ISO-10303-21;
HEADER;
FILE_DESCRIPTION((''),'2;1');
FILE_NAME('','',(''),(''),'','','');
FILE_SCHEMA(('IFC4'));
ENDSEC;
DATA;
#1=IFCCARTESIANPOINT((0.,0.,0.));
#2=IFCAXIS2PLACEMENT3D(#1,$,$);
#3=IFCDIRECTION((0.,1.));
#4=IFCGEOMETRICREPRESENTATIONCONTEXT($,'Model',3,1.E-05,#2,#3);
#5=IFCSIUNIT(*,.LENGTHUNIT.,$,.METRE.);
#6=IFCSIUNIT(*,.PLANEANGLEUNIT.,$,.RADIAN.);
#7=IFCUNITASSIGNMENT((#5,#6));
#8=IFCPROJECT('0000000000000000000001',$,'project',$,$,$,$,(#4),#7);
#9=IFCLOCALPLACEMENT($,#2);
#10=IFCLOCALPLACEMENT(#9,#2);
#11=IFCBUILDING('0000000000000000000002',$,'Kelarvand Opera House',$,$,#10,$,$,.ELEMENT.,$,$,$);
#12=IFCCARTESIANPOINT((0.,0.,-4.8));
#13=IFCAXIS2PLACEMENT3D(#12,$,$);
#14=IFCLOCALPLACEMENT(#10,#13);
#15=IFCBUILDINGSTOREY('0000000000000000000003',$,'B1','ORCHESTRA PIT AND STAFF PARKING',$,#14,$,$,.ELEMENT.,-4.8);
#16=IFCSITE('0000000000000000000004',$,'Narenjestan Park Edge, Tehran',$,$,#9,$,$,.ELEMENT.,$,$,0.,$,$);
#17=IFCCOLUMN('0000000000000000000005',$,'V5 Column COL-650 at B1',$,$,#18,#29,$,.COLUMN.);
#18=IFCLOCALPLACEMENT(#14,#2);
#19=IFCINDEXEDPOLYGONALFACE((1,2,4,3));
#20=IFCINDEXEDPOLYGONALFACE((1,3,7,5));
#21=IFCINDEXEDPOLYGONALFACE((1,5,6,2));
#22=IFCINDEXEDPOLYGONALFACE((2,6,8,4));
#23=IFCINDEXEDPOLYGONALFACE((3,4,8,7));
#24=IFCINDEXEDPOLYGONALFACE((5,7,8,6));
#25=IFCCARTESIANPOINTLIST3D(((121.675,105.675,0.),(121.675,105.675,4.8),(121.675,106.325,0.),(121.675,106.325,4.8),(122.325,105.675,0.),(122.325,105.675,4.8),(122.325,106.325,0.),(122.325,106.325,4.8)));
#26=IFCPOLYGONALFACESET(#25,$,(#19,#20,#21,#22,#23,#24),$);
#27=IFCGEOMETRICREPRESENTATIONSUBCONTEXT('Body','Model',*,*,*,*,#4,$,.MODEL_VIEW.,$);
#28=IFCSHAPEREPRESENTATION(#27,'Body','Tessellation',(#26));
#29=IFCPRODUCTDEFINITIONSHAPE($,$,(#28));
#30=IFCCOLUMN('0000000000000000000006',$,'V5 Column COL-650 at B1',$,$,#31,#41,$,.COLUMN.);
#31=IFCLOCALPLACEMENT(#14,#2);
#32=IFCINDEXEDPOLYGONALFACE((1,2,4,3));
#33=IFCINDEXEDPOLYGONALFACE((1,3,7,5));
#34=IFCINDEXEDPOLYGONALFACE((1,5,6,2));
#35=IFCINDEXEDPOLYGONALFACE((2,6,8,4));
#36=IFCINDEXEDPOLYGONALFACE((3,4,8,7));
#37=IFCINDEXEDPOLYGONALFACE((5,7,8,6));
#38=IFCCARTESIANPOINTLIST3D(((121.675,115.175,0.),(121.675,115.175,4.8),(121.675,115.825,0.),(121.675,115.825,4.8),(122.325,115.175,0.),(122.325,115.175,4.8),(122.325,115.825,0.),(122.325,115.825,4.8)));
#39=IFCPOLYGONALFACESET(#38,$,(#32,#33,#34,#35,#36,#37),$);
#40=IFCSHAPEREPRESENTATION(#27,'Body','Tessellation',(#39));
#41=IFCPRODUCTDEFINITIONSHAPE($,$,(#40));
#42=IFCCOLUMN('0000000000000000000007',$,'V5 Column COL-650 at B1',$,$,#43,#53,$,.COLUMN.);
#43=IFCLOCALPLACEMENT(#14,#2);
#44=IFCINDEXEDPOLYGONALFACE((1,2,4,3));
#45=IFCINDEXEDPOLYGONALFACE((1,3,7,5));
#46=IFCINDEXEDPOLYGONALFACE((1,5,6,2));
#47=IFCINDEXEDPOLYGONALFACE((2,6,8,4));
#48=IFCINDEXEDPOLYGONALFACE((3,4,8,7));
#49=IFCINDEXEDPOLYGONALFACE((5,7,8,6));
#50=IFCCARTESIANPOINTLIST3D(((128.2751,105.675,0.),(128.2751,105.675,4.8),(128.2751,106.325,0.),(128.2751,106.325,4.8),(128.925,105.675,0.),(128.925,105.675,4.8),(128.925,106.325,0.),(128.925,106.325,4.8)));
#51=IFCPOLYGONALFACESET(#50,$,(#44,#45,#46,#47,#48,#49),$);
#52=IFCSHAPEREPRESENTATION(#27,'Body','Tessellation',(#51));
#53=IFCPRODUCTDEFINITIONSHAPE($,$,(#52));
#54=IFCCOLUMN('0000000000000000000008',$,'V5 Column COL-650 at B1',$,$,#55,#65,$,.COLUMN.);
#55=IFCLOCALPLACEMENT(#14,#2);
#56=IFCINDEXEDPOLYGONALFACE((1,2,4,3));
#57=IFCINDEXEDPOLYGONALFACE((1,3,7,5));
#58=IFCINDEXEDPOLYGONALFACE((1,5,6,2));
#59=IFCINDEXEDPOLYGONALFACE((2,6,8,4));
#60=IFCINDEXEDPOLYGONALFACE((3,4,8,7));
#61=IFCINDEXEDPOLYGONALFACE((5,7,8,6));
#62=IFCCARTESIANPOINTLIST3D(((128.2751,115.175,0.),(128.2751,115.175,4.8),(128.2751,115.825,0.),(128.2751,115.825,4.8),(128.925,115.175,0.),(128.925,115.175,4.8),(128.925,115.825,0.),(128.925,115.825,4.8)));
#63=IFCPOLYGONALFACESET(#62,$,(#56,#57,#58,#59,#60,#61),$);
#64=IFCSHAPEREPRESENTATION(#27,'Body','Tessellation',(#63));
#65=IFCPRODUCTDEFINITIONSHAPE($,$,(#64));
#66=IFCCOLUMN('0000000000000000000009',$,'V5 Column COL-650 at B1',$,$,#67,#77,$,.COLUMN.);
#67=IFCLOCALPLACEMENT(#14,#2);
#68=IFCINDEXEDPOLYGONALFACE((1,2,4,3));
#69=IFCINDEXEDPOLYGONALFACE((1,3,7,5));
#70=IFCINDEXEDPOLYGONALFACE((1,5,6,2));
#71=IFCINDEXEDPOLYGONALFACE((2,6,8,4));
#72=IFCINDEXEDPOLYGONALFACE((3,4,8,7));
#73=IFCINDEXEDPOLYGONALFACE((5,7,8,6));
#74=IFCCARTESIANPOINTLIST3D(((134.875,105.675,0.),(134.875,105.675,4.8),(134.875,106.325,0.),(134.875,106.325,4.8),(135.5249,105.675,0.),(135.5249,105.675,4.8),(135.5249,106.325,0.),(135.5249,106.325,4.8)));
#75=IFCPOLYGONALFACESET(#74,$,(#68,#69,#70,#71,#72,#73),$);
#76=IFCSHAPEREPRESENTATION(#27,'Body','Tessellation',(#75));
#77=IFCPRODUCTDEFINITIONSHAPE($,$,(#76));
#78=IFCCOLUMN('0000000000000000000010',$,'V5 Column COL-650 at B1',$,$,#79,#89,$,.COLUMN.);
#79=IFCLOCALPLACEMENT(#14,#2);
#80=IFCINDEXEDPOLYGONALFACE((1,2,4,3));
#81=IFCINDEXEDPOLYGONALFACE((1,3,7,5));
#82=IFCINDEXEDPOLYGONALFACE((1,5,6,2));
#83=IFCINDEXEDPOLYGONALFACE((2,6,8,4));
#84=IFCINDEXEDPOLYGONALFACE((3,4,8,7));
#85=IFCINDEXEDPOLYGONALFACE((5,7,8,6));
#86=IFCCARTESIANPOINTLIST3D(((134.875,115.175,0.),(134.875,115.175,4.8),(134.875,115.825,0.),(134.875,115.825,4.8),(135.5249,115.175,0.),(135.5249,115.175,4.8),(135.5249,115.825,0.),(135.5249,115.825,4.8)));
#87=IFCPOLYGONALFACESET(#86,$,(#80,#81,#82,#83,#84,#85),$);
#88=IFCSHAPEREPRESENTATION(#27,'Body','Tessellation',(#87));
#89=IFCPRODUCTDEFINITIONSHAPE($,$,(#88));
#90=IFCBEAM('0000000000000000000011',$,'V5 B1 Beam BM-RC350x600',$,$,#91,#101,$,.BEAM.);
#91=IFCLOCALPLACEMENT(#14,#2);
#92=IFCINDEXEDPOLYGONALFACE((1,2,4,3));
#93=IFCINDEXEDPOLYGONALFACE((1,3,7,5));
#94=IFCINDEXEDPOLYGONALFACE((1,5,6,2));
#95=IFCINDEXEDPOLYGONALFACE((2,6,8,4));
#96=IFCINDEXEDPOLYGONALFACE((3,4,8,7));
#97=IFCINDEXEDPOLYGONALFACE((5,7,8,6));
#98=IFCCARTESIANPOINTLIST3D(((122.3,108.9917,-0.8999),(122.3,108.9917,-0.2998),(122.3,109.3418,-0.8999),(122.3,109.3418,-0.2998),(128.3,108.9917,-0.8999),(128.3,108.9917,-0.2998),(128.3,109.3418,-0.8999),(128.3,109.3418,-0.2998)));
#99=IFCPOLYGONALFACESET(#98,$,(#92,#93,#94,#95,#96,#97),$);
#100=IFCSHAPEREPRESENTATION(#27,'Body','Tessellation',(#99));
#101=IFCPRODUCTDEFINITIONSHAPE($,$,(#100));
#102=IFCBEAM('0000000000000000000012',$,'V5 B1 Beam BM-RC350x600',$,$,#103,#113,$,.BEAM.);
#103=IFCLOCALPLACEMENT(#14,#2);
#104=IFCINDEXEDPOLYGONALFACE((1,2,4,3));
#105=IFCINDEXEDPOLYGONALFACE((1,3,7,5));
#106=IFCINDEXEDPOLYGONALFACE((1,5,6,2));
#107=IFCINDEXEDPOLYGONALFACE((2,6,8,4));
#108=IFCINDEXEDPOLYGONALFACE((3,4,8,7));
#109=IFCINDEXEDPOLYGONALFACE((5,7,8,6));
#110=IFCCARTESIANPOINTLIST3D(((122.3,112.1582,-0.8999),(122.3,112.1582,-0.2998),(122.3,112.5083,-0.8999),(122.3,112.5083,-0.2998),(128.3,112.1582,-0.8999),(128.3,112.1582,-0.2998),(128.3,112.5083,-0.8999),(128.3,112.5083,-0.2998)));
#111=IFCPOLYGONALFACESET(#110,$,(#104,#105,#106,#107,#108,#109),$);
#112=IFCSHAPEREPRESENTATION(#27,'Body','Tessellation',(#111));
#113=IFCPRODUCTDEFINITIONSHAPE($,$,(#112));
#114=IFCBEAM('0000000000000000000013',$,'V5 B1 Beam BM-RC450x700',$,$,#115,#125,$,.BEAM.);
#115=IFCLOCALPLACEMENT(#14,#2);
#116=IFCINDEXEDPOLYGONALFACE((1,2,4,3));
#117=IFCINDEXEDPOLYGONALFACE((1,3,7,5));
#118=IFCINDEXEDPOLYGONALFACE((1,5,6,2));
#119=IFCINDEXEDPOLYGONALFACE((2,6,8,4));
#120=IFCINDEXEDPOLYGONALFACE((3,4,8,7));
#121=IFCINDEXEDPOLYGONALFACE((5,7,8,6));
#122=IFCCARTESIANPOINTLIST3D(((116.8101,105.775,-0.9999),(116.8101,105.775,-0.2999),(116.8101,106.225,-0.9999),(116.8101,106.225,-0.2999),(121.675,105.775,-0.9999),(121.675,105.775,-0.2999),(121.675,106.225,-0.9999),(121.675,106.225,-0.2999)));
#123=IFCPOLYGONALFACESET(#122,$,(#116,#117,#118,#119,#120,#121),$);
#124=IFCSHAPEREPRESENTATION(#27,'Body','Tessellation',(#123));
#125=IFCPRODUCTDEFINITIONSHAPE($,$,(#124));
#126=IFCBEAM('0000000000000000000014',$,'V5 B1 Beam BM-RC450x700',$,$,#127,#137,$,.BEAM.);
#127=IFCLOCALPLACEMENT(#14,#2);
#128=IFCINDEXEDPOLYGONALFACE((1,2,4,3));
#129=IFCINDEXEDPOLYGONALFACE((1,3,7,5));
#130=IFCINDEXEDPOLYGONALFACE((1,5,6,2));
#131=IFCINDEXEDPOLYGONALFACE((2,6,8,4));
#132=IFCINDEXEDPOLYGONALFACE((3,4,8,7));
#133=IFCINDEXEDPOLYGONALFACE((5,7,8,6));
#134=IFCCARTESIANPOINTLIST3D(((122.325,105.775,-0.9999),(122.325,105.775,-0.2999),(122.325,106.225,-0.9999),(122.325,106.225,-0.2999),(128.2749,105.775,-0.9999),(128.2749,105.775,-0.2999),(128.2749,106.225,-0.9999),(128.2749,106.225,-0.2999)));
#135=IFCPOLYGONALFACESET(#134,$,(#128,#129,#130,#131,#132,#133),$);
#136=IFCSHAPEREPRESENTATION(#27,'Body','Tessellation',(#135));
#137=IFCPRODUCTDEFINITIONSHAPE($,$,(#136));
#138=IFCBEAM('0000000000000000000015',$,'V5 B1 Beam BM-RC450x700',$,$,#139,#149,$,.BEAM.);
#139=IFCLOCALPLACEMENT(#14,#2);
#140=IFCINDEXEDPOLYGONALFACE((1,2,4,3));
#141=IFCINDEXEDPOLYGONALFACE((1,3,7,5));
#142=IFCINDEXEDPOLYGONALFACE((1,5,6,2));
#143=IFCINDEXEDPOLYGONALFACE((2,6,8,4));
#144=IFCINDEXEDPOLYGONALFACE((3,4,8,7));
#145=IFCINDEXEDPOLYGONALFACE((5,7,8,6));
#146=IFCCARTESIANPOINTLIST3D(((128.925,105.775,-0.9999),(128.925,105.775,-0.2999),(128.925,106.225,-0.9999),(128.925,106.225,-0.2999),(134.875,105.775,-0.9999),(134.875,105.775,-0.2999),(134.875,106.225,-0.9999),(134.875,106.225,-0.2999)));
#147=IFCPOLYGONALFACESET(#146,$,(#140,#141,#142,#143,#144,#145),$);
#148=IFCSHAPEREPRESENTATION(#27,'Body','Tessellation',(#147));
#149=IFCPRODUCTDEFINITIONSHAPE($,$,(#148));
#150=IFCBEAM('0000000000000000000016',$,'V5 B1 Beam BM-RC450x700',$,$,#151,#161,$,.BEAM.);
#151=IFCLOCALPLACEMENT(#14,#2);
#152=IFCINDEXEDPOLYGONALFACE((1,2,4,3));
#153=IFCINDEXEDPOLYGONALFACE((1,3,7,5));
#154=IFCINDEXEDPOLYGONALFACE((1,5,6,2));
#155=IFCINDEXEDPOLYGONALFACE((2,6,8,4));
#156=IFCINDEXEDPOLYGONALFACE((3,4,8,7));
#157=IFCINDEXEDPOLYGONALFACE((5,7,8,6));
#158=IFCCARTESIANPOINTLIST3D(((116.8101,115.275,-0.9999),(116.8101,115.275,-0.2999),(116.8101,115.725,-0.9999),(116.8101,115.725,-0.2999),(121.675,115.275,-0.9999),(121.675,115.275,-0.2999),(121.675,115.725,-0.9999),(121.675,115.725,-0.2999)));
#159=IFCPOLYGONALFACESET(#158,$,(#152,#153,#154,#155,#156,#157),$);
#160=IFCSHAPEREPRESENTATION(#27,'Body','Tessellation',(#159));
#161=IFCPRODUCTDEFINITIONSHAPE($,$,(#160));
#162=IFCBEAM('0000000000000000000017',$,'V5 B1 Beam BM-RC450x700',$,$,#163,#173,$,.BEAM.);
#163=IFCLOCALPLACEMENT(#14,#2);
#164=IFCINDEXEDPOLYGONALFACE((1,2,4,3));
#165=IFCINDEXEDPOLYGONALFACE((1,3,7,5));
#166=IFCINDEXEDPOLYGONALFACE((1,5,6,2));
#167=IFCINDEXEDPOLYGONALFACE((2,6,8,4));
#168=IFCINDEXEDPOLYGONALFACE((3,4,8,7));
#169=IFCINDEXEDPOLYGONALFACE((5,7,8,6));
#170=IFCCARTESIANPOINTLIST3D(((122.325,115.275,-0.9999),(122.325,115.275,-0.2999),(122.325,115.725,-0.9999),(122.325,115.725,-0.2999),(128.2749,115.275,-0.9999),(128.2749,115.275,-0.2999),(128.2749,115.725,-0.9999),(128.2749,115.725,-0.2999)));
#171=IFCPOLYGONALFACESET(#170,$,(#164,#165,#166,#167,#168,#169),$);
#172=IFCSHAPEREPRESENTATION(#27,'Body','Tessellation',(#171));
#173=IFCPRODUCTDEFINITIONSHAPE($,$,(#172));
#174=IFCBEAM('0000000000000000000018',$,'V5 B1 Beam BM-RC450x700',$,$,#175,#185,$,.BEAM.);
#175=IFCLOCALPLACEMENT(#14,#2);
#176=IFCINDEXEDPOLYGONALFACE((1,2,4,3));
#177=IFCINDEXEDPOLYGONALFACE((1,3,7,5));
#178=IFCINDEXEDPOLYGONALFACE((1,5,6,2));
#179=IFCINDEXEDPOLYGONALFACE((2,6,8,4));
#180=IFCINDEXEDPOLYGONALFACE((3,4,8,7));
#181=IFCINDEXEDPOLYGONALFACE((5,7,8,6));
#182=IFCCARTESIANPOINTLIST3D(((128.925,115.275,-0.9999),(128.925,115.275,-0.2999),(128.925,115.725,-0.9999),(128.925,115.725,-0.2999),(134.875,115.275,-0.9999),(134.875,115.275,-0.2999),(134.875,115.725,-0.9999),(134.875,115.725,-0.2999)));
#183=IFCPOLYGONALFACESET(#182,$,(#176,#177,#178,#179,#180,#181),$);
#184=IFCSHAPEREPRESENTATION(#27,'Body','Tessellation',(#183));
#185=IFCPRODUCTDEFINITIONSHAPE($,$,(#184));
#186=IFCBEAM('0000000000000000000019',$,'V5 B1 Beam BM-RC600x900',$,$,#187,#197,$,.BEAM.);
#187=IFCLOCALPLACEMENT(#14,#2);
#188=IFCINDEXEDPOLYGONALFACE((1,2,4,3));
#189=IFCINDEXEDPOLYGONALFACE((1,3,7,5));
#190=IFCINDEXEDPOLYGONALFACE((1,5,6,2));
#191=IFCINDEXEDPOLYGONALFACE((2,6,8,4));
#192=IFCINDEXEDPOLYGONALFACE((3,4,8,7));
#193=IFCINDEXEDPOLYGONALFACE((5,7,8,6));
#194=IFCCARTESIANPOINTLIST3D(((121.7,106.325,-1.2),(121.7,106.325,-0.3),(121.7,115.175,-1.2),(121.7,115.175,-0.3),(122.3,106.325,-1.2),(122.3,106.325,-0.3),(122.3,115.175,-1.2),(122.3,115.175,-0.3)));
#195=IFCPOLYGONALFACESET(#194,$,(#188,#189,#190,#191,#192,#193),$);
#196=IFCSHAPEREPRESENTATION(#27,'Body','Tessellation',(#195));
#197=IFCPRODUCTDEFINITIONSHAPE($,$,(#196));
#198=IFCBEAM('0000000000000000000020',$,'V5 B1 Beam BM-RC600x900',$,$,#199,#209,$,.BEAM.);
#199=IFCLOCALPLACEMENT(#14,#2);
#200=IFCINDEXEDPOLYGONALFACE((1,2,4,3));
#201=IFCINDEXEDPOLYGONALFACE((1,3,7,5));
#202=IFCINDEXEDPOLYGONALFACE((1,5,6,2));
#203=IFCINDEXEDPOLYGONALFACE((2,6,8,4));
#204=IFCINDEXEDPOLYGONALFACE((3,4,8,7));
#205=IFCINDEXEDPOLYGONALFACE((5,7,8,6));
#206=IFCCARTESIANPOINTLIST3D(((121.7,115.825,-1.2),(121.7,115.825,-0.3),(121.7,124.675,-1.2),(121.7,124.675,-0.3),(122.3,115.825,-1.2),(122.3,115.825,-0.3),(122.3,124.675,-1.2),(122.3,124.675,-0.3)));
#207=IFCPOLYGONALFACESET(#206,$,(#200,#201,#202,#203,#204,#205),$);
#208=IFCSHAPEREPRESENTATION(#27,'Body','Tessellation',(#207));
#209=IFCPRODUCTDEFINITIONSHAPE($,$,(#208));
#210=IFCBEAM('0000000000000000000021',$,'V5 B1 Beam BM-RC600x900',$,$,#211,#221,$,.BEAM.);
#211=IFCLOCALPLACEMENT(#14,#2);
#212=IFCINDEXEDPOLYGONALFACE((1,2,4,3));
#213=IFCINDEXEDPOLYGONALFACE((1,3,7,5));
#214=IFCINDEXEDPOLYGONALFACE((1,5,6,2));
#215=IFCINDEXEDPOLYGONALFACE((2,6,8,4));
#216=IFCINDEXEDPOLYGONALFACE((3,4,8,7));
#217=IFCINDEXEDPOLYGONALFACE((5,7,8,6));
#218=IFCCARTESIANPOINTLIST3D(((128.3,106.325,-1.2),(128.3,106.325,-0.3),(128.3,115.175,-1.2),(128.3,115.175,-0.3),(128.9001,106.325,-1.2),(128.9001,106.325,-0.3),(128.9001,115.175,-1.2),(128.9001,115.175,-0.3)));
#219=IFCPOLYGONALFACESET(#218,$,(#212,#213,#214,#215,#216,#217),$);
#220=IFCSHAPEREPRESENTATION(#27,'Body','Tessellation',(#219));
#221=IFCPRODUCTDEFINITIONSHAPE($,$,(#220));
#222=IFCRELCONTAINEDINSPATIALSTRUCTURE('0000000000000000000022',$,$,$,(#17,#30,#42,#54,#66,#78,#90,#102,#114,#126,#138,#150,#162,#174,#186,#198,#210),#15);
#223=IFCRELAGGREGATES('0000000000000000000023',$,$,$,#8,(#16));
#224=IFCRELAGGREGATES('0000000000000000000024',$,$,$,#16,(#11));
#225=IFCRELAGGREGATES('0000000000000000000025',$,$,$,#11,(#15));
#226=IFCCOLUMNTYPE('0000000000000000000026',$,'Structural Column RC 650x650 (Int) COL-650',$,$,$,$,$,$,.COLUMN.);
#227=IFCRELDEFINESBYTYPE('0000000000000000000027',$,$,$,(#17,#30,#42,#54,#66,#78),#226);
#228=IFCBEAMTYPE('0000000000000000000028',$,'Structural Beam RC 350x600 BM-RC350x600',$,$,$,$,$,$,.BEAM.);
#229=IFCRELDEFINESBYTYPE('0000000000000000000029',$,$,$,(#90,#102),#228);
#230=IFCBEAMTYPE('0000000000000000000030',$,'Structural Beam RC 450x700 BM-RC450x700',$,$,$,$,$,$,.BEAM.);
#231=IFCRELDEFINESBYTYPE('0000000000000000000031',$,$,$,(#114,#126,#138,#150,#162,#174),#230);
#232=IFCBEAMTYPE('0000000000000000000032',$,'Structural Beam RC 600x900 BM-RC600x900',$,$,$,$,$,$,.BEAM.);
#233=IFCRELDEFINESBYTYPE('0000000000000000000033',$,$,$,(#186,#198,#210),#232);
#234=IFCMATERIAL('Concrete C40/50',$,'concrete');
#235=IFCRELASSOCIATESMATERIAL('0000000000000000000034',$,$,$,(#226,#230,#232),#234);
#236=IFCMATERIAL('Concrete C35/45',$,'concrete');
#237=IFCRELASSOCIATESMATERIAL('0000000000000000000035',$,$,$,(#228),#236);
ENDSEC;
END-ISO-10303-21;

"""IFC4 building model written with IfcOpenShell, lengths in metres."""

from ifc_helpers import new_model, si_unit, direction, frame, origin, origin_2d, place, context, subcontext, project, spatial, rectangle, extrude, material, material_profile, profile_set, type_object, element, save


model = new_model("IFC4")

# Units and contexts
model_context = context("Model", 3, precision=1e-05, world=origin(), true_north=direction((0.0, 1.0)))
body_context = subcontext(model_context, "Body", "Model", "MODEL_VIEW")
ifc_project = project(units=[si_unit("LENGTHUNIT", "METRE"), si_unit("PLANEANGLEUNIT", "RADIAN")], contexts=[model_context])

# Site, building, storey
site_placement = place(None, origin())
site = spatial("IfcSite", under=ifc_project, at=site_placement, Name="Narenjestan Park Edge, Tehran", CompositionType="ELEMENT", RefElevation=0.0)
building_placement = place(site_placement, origin())
building = spatial("IfcBuilding", under=site, at=building_placement, Name="Kelarvand Opera House", CompositionType="ELEMENT")
storey_placement = place(building_placement, frame((0.0, 0.0, -4.8)))
storey = spatial("IfcBuildingStorey", under=building, at=storey_placement, Name="B1", Description="ORCHESTRA PIT AND STAFF PARKING", CompositionType="ELEMENT", Elevation=-4.8)

# Columns
ifc_material_1 = material(Name="Concrete C40/50", Category="concrete")
ifc_material_profile_1 = material_profile(ifc_material_1, rectangle(XDim=0.6499, YDim=0.6499, at=origin_2d()), Name="RC 650x650", Category="concrete")
ifc_profile_set_1 = profile_set([ifc_material_profile_1], Name="Concrete C40/50")
column_type = type_object("IfcColumnType", Name="Structural Column RC 650x650 (Int) COL-650", PredefinedType="COLUMN", material=ifc_profile_set_1)
for number, where, z_axis, x_axis, name in (
    (1, (122.0, 106.0, 0.0), (0.0, 0.0, 1.0), (1.0, 0.0, 0.0), "V5 Column COL-650 at B1"),
    (2, (122.0, 115.5, 0.0), (0.0, 0.0, 1.0), (1.0, 0.0, 0.0), "V5 Column COL-650 at B1"),
    (3, (128.6001, 106.0, 0.0), (0.0, 0.0, 1.0), (1.0, 0.0, 0.0), "V5 Column COL-650 at B1"),
    (4, (128.6001, 115.5, 0.0), (0.0, 0.0, 1.0), (1.0, 0.0, 0.0), "V5 Column COL-650 at B1"),
    (5, (135.2, 106.0, 0.0), (0.0, 0.0, 1.0), (1.0, 0.0, 0.0), "V5 Column COL-650 at B1"),
    (6, (135.2, 115.5, 0.0), (0.0, 0.0, 1.0), (1.0, 0.0, 0.0), "V5 Column COL-650 at B1"),
):
    element("IfcColumn", number, at=place(storey_placement, frame(where, z_axis=z_axis, x_axis=x_axis)), inside=storey, type_object=column_type, Name=name, PredefinedType="COLUMN", context=body_context, shape_type="SweptSolid", body=[
        extrude(rectangle(XDim=0.6499, YDim=0.6499, at=origin_2d()), origin(), (0.0, 0.0, 1.0), 4.8),
    ])

# Beams
ifc_material_2 = material(Name="Concrete C35/45", Category="concrete")
ifc_material_profile_2 = material_profile(ifc_material_2, rectangle(XDim=0.3501, YDim=0.6001, at=origin_2d()), Name="RC 350x600", Category="concrete")
ifc_profile_set_2 = profile_set([ifc_material_profile_2], Name="Concrete C35/45")
beam_type_1 = type_object("IfcBeamType", Name="Structural Beam RC 350x600 BM-RC350x600", PredefinedType="BEAM", material=ifc_profile_set_2)
for number, where, z_axis, x_axis, name in (
    (7, (122.3, 109.1667, -0.5999), (1.0, 0.0, 0.0), (0.0, 1.0, 0.0), "V5 B1 Beam BM-RC350x600"),
    (8, (122.3, 112.3333, -0.5999), (1.0, 0.0, 0.0), (0.0, 1.0, 0.0), "V5 B1 Beam BM-RC350x600"),
):
    element("IfcBeam", number, at=place(storey_placement, frame(where, z_axis=z_axis, x_axis=x_axis)), inside=storey, type_object=beam_type_1, Name=name, PredefinedType="BEAM", context=body_context, shape_type="SweptSolid", body=[
        extrude(rectangle(XDim=0.3501, YDim=0.6001, at=origin_2d()), origin(), (0.0, 0.0, 1.0), 6.0),
    ])
ifc_material_profile_3 = material_profile(ifc_material_1, rectangle(XDim=0.45, YDim=0.7, at=origin_2d()), Name="RC 450x700", Category="concrete")
ifc_profile_set_3 = profile_set([ifc_material_profile_3], Name="Concrete C40/50")
beam_type_2 = type_object("IfcBeamType", Name="Structural Beam RC 450x700 BM-RC450x700", PredefinedType="BEAM", material=ifc_profile_set_3)
beam_1_placement = place(storey_placement, frame((116.8101, 106.0, -0.6499), z_axis=(1.0, 0.0, 0.0), x_axis=(0.0, 1.0, 0.0)))
element("IfcBeam", 9, at=beam_1_placement, inside=storey, type_object=beam_type_2, Name="V5 B1 Beam BM-RC450x700", PredefinedType="BEAM", context=body_context, shape_type="SweptSolid", body=[
    extrude(rectangle(XDim=0.45, YDim=0.7, at=origin_2d()), origin(), (0.0, 0.0, 1.0), 4.865),
])
for number, where, z_axis, x_axis, name in (
    (10, (122.325, 106.0, -0.6499), (1.0, 0.0, 0.0), (0.0, 1.0, 0.0), "V5 B1 Beam BM-RC450x700"),
    (11, (128.925, 106.0, -0.6499), (1.0, 0.0, 0.0), (0.0, 1.0, 0.0), "V5 B1 Beam BM-RC450x700"),
):
    element("IfcBeam", number, at=place(storey_placement, frame(where, z_axis=z_axis, x_axis=x_axis)), inside=storey, type_object=beam_type_2, Name=name, PredefinedType="BEAM", context=body_context, shape_type="SweptSolid", body=[
        extrude(rectangle(XDim=0.45, YDim=0.7, at=origin_2d()), origin(), (0.0, 0.0, 1.0), 5.95),
    ])
beam_2_placement = place(storey_placement, frame((116.8101, 115.5, -0.6499), z_axis=(1.0, 0.0, 0.0), x_axis=(0.0, 1.0, 0.0)))
element("IfcBeam", 12, at=beam_2_placement, inside=storey, type_object=beam_type_2, Name="V5 B1 Beam BM-RC450x700", PredefinedType="BEAM", context=body_context, shape_type="SweptSolid", body=[
    extrude(rectangle(XDim=0.45, YDim=0.7, at=origin_2d()), origin(), (0.0, 0.0, 1.0), 4.865),
])
for number, where, z_axis, x_axis, name in (
    (13, (122.325, 115.5, -0.6499), (1.0, 0.0, 0.0), (0.0, 1.0, 0.0), "V5 B1 Beam BM-RC450x700"),
    (14, (128.925, 115.5, -0.6499), (1.0, 0.0, 0.0), (0.0, 1.0, 0.0), "V5 B1 Beam BM-RC450x700"),
):
    element("IfcBeam", number, at=place(storey_placement, frame(where, z_axis=z_axis, x_axis=x_axis)), inside=storey, type_object=beam_type_2, Name=name, PredefinedType="BEAM", context=body_context, shape_type="SweptSolid", body=[
        extrude(rectangle(XDim=0.45, YDim=0.7, at=origin_2d()), origin(), (0.0, 0.0, 1.0), 5.95),
    ])
ifc_material_profile_4 = material_profile(ifc_material_1, rectangle(XDim=0.6001, YDim=0.8999, at=origin_2d()), Name="RC 600x900", Category="concrete")
ifc_profile_set_4 = profile_set([ifc_material_profile_4], Name="Concrete C40/50")
beam_type_3 = type_object("IfcBeamType", Name="Structural Beam RC 600x900 BM-RC600x900", PredefinedType="BEAM", material=ifc_profile_set_4)
for number, where, z_axis, x_axis, name in (
    (15, (122.0, 106.325, -0.75), (0.0, 1.0, 0.0), (-1.0, 0.0, 0.0), "V5 B1 Beam BM-RC600x900"),
    (16, (122.0, 115.825, -0.75), (0.0, 1.0, 0.0), (-1.0, 0.0, 0.0), "V5 B1 Beam BM-RC600x900"),
    (17, (128.6001, 106.325, -0.75), (0.0, 1.0, 0.0), (-1.0, 0.0, 0.0), "V5 B1 Beam BM-RC600x900"),
):
    element("IfcBeam", number, at=place(storey_placement, frame(where, z_axis=z_axis, x_axis=x_axis)), inside=storey, type_object=beam_type_3, Name=name, PredefinedType="BEAM", context=body_context, shape_type="SweptSolid", body=[
        extrude(rectangle(XDim=0.6001, YDim=0.8999, at=origin_2d()), origin(), (0.0, 0.0, 1.0), 8.8501),
    ])

save(model, "model.ifc")
